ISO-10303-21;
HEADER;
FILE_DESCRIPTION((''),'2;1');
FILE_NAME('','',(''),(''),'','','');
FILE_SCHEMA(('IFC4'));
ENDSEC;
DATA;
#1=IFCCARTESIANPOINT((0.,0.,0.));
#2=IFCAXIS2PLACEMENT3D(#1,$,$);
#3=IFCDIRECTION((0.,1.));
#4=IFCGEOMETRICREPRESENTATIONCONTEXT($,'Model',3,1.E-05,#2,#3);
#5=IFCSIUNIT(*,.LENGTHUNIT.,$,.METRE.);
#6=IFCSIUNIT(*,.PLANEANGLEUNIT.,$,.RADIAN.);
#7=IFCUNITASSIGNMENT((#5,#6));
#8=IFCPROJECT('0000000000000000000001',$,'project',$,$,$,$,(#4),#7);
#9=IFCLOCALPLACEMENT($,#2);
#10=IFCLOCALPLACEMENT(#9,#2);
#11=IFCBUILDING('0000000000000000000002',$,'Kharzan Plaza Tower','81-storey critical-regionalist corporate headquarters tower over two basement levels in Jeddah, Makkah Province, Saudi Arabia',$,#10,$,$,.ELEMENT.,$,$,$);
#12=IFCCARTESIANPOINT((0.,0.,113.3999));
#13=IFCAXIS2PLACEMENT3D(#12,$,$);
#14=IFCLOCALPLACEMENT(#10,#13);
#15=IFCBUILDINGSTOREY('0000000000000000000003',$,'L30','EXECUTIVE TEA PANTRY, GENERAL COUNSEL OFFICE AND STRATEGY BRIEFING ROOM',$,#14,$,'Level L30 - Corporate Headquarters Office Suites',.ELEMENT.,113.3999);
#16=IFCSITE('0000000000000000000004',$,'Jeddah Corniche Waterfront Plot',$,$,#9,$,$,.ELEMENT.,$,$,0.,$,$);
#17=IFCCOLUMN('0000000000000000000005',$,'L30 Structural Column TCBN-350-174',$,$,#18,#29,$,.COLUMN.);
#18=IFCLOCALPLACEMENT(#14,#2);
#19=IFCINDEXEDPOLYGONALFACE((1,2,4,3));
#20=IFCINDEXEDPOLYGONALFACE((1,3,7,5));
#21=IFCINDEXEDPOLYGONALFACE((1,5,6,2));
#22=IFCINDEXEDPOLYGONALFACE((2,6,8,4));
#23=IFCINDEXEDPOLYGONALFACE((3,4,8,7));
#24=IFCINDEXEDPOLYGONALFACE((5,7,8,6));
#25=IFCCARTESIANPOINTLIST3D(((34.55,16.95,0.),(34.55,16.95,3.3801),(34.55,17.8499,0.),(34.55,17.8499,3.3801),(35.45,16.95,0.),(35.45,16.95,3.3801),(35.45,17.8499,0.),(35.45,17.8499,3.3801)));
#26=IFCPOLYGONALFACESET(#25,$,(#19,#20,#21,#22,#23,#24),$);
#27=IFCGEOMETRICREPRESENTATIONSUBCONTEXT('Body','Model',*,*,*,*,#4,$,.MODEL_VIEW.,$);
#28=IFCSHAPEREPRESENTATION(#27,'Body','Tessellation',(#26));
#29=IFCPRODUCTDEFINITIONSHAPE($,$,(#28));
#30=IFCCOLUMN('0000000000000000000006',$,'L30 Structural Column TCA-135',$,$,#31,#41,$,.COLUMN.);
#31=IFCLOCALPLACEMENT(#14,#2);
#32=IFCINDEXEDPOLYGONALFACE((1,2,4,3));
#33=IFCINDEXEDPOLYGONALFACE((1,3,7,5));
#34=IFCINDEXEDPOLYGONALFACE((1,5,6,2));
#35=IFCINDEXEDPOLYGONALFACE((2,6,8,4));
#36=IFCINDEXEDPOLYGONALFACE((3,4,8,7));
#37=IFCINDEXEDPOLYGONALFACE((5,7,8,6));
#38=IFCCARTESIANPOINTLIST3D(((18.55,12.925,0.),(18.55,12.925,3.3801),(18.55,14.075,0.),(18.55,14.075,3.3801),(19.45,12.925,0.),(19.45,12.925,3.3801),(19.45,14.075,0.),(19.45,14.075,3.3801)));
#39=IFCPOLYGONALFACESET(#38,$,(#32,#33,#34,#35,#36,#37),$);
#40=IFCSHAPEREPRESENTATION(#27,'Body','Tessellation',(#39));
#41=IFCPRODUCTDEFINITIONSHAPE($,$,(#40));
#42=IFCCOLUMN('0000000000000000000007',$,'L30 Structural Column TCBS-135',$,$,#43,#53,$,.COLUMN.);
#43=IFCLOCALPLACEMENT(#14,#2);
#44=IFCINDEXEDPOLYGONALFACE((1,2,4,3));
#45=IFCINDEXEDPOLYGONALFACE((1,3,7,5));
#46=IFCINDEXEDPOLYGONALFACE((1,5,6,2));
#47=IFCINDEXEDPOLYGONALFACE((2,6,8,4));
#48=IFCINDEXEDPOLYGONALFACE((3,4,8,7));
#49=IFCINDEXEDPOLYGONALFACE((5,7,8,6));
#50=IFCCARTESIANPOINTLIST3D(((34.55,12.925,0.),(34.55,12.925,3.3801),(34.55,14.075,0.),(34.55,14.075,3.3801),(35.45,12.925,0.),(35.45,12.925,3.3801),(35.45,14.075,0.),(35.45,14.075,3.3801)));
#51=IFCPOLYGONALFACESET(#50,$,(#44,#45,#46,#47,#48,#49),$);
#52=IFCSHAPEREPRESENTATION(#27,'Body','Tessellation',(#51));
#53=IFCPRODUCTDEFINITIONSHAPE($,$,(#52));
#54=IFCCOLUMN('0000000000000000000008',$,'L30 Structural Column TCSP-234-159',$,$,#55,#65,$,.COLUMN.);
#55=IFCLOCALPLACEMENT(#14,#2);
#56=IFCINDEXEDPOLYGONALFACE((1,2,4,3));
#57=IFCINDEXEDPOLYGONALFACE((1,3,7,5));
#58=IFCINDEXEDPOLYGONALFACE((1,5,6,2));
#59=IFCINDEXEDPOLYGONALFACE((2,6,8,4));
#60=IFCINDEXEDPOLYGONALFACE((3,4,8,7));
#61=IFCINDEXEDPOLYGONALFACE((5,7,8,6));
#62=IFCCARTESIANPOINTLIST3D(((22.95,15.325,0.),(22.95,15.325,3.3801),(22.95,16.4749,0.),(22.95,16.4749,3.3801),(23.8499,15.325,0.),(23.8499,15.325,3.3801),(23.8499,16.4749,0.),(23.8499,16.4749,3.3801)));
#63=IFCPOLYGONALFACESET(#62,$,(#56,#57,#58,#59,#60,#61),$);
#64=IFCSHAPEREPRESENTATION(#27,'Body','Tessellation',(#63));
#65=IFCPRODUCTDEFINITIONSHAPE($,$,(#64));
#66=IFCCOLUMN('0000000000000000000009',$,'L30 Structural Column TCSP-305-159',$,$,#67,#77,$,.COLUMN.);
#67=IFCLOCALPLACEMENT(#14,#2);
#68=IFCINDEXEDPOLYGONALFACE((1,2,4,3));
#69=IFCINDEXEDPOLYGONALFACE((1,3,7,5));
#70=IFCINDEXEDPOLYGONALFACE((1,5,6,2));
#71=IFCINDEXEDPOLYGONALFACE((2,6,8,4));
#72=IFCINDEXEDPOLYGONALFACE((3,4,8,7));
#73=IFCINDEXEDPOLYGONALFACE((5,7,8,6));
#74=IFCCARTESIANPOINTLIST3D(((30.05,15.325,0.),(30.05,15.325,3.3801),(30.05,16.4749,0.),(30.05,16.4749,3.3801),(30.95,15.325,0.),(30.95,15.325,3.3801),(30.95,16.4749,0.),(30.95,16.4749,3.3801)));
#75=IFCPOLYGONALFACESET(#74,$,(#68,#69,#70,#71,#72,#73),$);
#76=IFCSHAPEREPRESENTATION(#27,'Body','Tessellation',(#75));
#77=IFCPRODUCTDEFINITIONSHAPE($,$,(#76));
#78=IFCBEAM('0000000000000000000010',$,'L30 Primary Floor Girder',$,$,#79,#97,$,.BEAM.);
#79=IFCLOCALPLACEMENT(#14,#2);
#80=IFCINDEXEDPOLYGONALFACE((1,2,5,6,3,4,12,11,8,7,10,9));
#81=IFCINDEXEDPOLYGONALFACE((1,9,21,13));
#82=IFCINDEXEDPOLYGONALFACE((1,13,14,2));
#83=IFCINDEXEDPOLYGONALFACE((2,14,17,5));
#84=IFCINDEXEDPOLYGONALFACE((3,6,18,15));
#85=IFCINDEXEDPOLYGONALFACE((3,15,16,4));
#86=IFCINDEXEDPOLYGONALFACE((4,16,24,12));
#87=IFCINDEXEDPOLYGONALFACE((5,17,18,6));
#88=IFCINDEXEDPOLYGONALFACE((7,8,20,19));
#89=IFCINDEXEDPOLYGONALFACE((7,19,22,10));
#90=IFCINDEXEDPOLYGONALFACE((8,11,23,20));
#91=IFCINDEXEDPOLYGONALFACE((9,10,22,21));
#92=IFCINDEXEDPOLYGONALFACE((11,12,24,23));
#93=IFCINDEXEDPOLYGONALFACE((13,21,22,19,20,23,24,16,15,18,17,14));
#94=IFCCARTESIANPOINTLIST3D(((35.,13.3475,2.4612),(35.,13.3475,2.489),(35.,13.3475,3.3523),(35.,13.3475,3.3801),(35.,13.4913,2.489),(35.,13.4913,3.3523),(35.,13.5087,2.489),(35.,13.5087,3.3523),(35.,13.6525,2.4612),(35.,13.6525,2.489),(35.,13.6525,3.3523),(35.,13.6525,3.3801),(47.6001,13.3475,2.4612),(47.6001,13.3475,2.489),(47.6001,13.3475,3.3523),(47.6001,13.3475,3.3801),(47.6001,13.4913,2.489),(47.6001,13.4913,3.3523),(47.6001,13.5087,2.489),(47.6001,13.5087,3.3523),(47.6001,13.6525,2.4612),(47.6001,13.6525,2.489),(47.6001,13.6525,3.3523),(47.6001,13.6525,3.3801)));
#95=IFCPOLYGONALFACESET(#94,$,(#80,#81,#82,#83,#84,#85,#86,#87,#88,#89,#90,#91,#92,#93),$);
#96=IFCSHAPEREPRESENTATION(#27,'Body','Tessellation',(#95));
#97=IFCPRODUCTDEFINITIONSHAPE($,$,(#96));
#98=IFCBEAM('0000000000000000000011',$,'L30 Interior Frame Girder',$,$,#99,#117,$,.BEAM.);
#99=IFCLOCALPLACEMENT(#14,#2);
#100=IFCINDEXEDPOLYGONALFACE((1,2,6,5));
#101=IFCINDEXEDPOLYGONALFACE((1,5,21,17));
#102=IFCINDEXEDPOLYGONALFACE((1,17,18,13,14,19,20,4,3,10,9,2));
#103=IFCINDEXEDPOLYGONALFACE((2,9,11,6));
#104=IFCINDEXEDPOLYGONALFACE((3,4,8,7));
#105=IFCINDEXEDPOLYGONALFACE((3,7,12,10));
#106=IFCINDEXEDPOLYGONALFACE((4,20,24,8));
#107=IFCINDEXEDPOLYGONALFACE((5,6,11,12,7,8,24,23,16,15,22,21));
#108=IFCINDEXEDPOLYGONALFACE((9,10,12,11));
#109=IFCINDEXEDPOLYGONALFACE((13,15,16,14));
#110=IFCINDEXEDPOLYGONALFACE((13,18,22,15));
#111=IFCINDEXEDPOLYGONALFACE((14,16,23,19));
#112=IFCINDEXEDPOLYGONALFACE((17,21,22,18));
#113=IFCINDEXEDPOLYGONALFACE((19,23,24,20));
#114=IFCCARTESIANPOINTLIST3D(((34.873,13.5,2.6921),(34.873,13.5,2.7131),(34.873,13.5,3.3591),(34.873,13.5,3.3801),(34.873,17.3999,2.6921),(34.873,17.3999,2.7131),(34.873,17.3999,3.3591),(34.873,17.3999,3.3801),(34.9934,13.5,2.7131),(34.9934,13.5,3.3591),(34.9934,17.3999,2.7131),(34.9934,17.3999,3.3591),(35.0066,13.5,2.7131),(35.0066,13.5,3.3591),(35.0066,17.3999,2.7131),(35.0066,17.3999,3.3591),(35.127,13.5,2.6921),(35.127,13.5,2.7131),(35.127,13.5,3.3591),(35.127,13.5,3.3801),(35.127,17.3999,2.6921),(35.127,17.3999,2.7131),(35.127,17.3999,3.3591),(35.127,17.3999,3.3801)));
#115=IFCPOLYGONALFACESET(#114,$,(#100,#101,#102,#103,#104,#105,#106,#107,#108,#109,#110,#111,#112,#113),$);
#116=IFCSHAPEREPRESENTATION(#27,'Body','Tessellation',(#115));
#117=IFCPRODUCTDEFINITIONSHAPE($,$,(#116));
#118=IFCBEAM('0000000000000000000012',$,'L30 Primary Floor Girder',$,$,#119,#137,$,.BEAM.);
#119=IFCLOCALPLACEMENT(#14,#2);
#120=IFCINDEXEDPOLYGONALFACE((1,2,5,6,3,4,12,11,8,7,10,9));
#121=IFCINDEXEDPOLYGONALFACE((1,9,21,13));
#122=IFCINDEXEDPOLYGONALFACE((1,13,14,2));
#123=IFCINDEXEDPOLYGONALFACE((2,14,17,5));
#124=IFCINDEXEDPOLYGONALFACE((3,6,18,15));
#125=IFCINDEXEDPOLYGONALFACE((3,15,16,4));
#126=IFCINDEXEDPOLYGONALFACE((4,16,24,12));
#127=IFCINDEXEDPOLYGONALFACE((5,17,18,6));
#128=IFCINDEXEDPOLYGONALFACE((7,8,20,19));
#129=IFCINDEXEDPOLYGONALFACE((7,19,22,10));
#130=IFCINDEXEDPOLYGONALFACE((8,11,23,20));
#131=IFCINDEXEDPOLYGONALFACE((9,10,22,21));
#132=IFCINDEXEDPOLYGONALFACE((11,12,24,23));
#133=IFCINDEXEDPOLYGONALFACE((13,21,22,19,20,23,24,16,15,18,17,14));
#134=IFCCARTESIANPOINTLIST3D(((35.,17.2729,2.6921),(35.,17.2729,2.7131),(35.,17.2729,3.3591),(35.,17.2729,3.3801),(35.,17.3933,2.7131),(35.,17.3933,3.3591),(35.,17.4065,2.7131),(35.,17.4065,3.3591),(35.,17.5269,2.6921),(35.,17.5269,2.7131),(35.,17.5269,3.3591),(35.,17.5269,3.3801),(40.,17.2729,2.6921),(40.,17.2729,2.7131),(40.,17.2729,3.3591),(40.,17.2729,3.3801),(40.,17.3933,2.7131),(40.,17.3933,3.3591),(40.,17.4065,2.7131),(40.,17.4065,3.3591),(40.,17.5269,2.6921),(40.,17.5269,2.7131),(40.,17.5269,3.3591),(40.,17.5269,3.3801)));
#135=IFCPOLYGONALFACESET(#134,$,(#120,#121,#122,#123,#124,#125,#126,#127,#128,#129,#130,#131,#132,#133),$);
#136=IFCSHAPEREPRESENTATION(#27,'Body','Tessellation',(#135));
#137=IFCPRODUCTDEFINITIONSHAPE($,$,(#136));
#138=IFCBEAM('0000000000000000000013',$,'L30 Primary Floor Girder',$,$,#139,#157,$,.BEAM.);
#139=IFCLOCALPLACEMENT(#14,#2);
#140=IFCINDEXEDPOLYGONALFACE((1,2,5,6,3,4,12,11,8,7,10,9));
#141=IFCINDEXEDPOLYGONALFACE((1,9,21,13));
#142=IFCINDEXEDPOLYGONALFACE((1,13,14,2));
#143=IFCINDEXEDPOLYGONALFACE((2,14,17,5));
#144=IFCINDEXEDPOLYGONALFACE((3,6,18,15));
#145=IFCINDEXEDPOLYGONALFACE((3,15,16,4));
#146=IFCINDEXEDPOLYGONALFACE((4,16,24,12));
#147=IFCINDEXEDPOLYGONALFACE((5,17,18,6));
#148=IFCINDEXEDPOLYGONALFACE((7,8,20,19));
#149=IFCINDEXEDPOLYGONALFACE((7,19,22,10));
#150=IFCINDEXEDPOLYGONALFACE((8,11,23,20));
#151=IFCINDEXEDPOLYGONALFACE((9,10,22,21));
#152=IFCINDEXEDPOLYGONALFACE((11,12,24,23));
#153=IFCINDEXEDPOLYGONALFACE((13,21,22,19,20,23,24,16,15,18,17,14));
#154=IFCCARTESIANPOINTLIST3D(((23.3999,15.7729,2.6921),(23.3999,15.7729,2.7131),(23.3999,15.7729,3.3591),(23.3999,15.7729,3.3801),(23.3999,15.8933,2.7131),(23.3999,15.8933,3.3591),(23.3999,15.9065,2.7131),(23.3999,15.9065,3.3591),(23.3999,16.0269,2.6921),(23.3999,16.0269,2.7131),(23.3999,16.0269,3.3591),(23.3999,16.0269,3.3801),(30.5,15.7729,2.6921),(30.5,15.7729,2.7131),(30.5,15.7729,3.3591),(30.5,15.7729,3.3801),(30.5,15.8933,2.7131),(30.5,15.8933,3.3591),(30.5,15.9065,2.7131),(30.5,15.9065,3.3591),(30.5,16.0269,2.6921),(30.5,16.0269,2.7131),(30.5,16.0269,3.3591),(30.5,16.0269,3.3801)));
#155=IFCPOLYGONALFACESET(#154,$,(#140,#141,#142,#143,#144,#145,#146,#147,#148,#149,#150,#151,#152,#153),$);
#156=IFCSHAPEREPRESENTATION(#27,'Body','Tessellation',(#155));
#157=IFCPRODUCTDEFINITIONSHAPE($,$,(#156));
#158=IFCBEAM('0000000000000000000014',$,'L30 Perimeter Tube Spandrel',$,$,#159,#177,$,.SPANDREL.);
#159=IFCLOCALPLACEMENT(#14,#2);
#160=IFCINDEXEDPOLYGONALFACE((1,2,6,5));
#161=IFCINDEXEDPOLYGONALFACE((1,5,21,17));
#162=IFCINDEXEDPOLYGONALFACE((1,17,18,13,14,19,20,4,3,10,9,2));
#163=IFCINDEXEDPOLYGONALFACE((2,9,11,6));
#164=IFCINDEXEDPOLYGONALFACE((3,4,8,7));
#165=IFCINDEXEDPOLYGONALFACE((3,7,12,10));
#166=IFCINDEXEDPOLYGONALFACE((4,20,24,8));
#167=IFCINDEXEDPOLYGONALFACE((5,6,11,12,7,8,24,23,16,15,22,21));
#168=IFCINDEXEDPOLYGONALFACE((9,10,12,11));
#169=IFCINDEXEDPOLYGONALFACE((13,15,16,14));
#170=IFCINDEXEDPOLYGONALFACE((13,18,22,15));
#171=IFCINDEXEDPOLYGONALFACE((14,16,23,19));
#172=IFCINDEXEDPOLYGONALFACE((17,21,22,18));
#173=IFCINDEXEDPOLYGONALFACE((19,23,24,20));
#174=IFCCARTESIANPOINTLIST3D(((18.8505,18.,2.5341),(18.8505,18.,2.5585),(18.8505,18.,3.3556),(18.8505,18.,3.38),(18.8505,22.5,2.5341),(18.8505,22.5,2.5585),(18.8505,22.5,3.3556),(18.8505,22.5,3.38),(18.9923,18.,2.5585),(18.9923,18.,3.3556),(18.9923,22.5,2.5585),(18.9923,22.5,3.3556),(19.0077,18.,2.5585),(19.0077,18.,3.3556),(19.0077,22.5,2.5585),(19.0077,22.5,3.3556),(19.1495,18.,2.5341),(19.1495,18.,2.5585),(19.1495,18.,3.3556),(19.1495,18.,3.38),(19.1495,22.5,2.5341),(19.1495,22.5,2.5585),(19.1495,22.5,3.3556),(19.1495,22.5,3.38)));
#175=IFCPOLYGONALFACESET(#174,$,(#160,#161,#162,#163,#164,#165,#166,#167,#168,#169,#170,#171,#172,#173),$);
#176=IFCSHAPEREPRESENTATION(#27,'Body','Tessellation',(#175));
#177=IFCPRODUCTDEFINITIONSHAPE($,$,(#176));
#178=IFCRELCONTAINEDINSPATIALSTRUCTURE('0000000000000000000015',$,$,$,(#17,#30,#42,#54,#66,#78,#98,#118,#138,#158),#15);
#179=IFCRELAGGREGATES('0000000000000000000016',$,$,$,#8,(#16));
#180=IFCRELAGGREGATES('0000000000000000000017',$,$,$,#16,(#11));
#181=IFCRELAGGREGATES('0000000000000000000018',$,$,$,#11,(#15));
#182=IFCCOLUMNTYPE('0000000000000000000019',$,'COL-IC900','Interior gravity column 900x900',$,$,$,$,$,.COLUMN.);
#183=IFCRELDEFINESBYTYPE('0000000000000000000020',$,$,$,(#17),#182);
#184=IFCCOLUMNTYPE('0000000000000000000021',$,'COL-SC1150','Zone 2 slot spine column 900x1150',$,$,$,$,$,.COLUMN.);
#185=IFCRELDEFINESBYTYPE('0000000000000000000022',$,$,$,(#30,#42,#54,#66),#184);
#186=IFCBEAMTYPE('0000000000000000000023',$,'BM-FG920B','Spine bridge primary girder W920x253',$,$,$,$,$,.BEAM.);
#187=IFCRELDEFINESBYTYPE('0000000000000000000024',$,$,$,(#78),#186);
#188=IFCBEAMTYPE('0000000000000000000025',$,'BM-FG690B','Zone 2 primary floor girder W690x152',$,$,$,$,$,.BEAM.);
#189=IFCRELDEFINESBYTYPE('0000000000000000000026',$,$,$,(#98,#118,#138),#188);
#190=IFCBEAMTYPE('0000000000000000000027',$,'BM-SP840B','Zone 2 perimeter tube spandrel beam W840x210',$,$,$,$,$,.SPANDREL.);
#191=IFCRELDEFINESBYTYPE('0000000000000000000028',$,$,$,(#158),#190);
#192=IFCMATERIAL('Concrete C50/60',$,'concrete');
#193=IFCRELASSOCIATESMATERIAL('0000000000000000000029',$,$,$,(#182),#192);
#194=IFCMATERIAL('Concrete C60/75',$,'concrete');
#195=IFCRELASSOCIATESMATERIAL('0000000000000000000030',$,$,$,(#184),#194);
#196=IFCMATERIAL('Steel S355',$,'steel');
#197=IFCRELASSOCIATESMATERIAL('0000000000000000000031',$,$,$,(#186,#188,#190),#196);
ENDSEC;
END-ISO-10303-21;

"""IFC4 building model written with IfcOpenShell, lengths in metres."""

from ifc_helpers import new_model, si_unit, direction, frame, origin, origin_2d, place, context, subcontext, project, spatial, rectangle, i_section, extrude, source, transform, mapped, material, material_profile, profile_set, type_object, element, save


model = new_model("IFC4")

# Units and contexts
model_context = context("Model", 3, precision=1e-05, world=origin(), true_north=direction((0.0, 1.0)))
body_context = subcontext(model_context, "Body", "Model", "MODEL_VIEW")
ifc_project = project(units=[si_unit("LENGTHUNIT", "METRE"), si_unit("PLANEANGLEUNIT", "RADIAN")], contexts=[model_context])

# Site, building, storey
site_placement = place(None, origin())
site = spatial("IfcSite", under=ifc_project, at=site_placement, Name="Jeddah Corniche Waterfront Plot", CompositionType="ELEMENT", RefElevation=0.0)
building_placement = place(site_placement, origin())
building = spatial("IfcBuilding", under=site, at=building_placement, Name="Kharzan Plaza Tower", Description="81-storey critical-regionalist corporate headquarters tower over two basement levels in Jeddah, Makkah Province, Saudi Arabia", CompositionType="ELEMENT")
storey_placement = place(building_placement, frame((0.0, 0.0, 113.3999)))
storey = spatial("IfcBuildingStorey", under=building, at=storey_placement, Name="L30", Description="EXECUTIVE TEA PANTRY, GENERAL COUNSEL OFFICE AND STRATEGY BRIEFING ROOM", LongName="Level L30 - Corporate Headquarters Office Suites", CompositionType="ELEMENT", Elevation=113.3999)

# Columns
ifc_material_1 = material(Name="Concrete C50/60", Category="concrete")
ifc_material_profile_1 = material_profile(ifc_material_1, rectangle(XDim=0.8999, YDim=0.8999, at=origin_2d()), Name="RC-IC900x900")
ifc_profile_set_1 = profile_set([ifc_material_profile_1], Name="Concrete C50/60")
column_type_1 = type_object("IfcColumnType", Name="COL-IC900", Description="Interior gravity column 900x900", PredefinedType="COLUMN", material=ifc_profile_set_1)
shared_shape_1 = source(origin(), body_context, "Body", "SweptSolid", [
    extrude(rectangle(XDim=0.8999, YDim=0.8999, at=origin_2d()), origin(), (0.0, 0.0, 1.0), 3.3801),
])
column_placement = place(storey_placement, frame((35.0, 17.3999, 0.0), z_axis=(0.0, 0.0, 1.0), x_axis=(1.0, 0.0, 0.0)))
element("IfcColumn", 1, at=column_placement, inside=storey, type_object=column_type_1, Name="L30 Structural Column TCBN-350-174", PredefinedType="COLUMN", context=body_context, shape_type="MappedRepresentation", body=[
    mapped(shared_shape_1, transform((0.0, 0.0, 0.0), x_axis=(1.0, 0.0, 0.0), y_axis=(0.0, 1.0, 0.0), z_axis=(0.0, 0.0, 1.0))),
])
ifc_material_2 = material(Name="Concrete C60/75", Category="concrete")
ifc_material_profile_2 = material_profile(ifc_material_2, rectangle(XDim=0.8999, YDim=1.1499, at=origin_2d()), Name="RC-SC1150x900")
ifc_profile_set_2 = profile_set([ifc_material_profile_2], Name="Concrete C60/75")
column_type_2 = type_object("IfcColumnType", Name="COL-SC1150", Description="Zone 2 slot spine column 900x1150", PredefinedType="COLUMN", material=ifc_profile_set_2)
shared_shape_2 = source(origin(), body_context, "Body", "SweptSolid", [
    extrude(rectangle(XDim=0.8999, YDim=1.1499, at=origin_2d()), origin(), (0.0, 0.0, 1.0), 3.3801),
])
for number, where, z_axis, x_axis, name in (
    (2, (19.0, 13.5, 0.0), (0.0, 0.0, 1.0), (1.0, 0.0, 0.0), "L30 Structural Column TCA-135"),
    (3, (35.0, 13.5, 0.0), (0.0, 0.0, 1.0), (1.0, 0.0, 0.0), "L30 Structural Column TCBS-135"),
    (4, (23.3999, 15.8999, 0.0), (0.0, 0.0, 1.0), (1.0, 0.0, 0.0), "L30 Structural Column TCSP-234-159"),
    (5, (30.5, 15.8999, 0.0), (0.0, 0.0, 1.0), (1.0, 0.0, 0.0), "L30 Structural Column TCSP-305-159"),
):
    element("IfcColumn", number, at=place(storey_placement, frame(where, z_axis=z_axis, x_axis=x_axis)), inside=storey, type_object=column_type_2, Name=name, PredefinedType="COLUMN", context=body_context, shape_type="MappedRepresentation", body=[
        mapped(shared_shape_2, transform((0.0, 0.0, 0.0), x_axis=(1.0, 0.0, 0.0), y_axis=(0.0, 1.0, 0.0), z_axis=(0.0, 0.0, 1.0))),
    ])

# Beams
ifc_material_3 = material(Name="Steel S355", Category="steel")
ifc_material_profile_3 = material_profile(ifc_material_3, i_section(OverallWidth=0.3049, OverallDepth=0.9189, WebThickness=0.0173, FlangeThickness=0.0278, at=origin_2d()), Name="W920x253")
ifc_profile_set_3 = profile_set([ifc_material_profile_3], Name="Steel S355")
beam_type_1 = type_object("IfcBeamType", Name="BM-FG920B", Description="Spine bridge primary girder W920x253", PredefinedType="BEAM", material=ifc_profile_set_3)
shared_shape_3 = source(origin(), body_context, "Body", "SweptSolid", [
    extrude(i_section(OverallWidth=0.3049, OverallDepth=0.9189, WebThickness=0.0173, FlangeThickness=0.0278, at=origin_2d()), origin(), (0.0, 0.0, 1.0), 12.6001),
])
beam_1_placement = place(storey_placement, frame((35.0, 13.5, 2.9207), z_axis=(1.0, 0.0, 0.0), x_axis=(0.0, 1.0, 0.0)))
element("IfcBeam", 6, at=beam_1_placement, inside=storey, type_object=beam_type_1, Name="L30 Primary Floor Girder", PredefinedType="BEAM", context=body_context, shape_type="MappedRepresentation", body=[
    mapped(shared_shape_3, transform((0.0, 0.0, 0.0), x_axis=(1.0, 0.0, 0.0), y_axis=(0.0, 1.0, 0.0), z_axis=(0.0, 0.0, 1.0))),
])
ifc_material_profile_4 = material_profile(ifc_material_3, i_section(OverallWidth=0.2539, OverallDepth=0.688, WebThickness=0.0132, FlangeThickness=0.021, at=origin_2d()), Name="W690x152")
ifc_profile_set_4 = profile_set([ifc_material_profile_4], Name="Steel S355")
beam_type_2 = type_object("IfcBeamType", Name="BM-FG690B", Description="Zone 2 primary floor girder W690x152", PredefinedType="BEAM", material=ifc_profile_set_4)
shared_shape_4 = source(origin(), body_context, "Body", "SweptSolid", [
    extrude(i_section(OverallWidth=0.2539, OverallDepth=0.688, WebThickness=0.0132, FlangeThickness=0.021, at=origin_2d()), origin(), (0.0, 0.0, 1.0), 3.8999),
])
beam_2_placement = place(storey_placement, frame((35.0, 13.5, 3.0361), z_axis=(0.0, 1.0, 0.0), x_axis=(-1.0, 0.0, 0.0)))
element("IfcBeam", 7, at=beam_2_placement, inside=storey, type_object=beam_type_2, Name="L30 Interior Frame Girder", PredefinedType="BEAM", context=body_context, shape_type="MappedRepresentation", body=[
    mapped(shared_shape_4, transform((0.0, 0.0, 0.0), x_axis=(1.0, 0.0, 0.0), y_axis=(0.0, 1.0, 0.0), z_axis=(0.0, 0.0, 1.0))),
])
shared_shape_5 = source(origin(), body_context, "Body", "SweptSolid", [
    extrude(i_section(OverallWidth=0.2539, OverallDepth=0.688, WebThickness=0.0132, FlangeThickness=0.021, at=origin_2d()), origin(), (0.0, 0.0, 1.0), 5.0),
])
beam_3_placement = place(storey_placement, frame((35.0, 17.3999, 3.0361), z_axis=(1.0, 0.0, 0.0), x_axis=(0.0, 1.0, 0.0)))
element("IfcBeam", 8, at=beam_3_placement, inside=storey, type_object=beam_type_2, Name="L30 Primary Floor Girder", PredefinedType="BEAM", context=body_context, shape_type="MappedRepresentation", body=[
    mapped(shared_shape_5, transform((0.0, 0.0, 0.0), x_axis=(1.0, 0.0, 0.0), y_axis=(0.0, 1.0, 0.0), z_axis=(0.0, 0.0, 1.0))),
])
shared_shape_6 = source(origin(), body_context, "Body", "SweptSolid", [
    extrude(i_section(OverallWidth=0.2539, OverallDepth=0.688, WebThickness=0.0132, FlangeThickness=0.021, at=origin_2d()), origin(), (0.0, 0.0, 1.0), 7.1001),
])
beam_4_placement = place(storey_placement, frame((23.3999, 15.8999, 3.0361), z_axis=(1.0, 0.0, 0.0), x_axis=(0.0, 1.0, 0.0)))
element("IfcBeam", 9, at=beam_4_placement, inside=storey, type_object=beam_type_2, Name="L30 Primary Floor Girder", PredefinedType="BEAM", context=body_context, shape_type="MappedRepresentation", body=[
    mapped(shared_shape_6, transform((0.0, 0.0, 0.0), x_axis=(1.0, 0.0, 0.0), y_axis=(0.0, 1.0, 0.0), z_axis=(0.0, 0.0, 1.0))),
])
ifc_material_profile_5 = material_profile(ifc_material_3, i_section(OverallWidth=0.2991, OverallDepth=0.8459, WebThickness=0.0154, FlangeThickness=0.0244, at=origin_2d()), Name="W840x210")
ifc_profile_set_5 = profile_set([ifc_material_profile_5], Name="Steel S355")
beam_type_3 = type_object("IfcBeamType", Name="BM-SP840B", Description="Zone 2 perimeter tube spandrel beam W840x210", PredefinedType="SPANDREL", material=ifc_profile_set_5)
shared_shape_7 = source(origin(), body_context, "Body", "SweptSolid", [
    extrude(i_section(OverallWidth=0.2991, OverallDepth=0.8459, WebThickness=0.0154, FlangeThickness=0.0244, at=origin_2d()), origin(), (0.0, 0.0, 1.0), 4.5),
])
for number, where, z_axis, x_axis, name in (
    (10, (19.0, 18.0, 2.957), (0.0, 1.0, 0.0), (-1.0, 0.0, 0.0), "L30 Perimeter Tube Spandrel"),
):
    element("IfcBeam", number, at=place(storey_placement, frame(where, z_axis=z_axis, x_axis=x_axis)), inside=storey, type_object=beam_type_3, Name=name, PredefinedType="SPANDREL", context=body_context, shape_type="MappedRepresentation", body=[
        mapped(shared_shape_7, transform((0.0, 0.0, 0.0), x_axis=(1.0, 0.0, 0.0), y_axis=(0.0, 1.0, 0.0), z_axis=(0.0, 0.0, 1.0))),
    ])

save(model, "model.ifc")
